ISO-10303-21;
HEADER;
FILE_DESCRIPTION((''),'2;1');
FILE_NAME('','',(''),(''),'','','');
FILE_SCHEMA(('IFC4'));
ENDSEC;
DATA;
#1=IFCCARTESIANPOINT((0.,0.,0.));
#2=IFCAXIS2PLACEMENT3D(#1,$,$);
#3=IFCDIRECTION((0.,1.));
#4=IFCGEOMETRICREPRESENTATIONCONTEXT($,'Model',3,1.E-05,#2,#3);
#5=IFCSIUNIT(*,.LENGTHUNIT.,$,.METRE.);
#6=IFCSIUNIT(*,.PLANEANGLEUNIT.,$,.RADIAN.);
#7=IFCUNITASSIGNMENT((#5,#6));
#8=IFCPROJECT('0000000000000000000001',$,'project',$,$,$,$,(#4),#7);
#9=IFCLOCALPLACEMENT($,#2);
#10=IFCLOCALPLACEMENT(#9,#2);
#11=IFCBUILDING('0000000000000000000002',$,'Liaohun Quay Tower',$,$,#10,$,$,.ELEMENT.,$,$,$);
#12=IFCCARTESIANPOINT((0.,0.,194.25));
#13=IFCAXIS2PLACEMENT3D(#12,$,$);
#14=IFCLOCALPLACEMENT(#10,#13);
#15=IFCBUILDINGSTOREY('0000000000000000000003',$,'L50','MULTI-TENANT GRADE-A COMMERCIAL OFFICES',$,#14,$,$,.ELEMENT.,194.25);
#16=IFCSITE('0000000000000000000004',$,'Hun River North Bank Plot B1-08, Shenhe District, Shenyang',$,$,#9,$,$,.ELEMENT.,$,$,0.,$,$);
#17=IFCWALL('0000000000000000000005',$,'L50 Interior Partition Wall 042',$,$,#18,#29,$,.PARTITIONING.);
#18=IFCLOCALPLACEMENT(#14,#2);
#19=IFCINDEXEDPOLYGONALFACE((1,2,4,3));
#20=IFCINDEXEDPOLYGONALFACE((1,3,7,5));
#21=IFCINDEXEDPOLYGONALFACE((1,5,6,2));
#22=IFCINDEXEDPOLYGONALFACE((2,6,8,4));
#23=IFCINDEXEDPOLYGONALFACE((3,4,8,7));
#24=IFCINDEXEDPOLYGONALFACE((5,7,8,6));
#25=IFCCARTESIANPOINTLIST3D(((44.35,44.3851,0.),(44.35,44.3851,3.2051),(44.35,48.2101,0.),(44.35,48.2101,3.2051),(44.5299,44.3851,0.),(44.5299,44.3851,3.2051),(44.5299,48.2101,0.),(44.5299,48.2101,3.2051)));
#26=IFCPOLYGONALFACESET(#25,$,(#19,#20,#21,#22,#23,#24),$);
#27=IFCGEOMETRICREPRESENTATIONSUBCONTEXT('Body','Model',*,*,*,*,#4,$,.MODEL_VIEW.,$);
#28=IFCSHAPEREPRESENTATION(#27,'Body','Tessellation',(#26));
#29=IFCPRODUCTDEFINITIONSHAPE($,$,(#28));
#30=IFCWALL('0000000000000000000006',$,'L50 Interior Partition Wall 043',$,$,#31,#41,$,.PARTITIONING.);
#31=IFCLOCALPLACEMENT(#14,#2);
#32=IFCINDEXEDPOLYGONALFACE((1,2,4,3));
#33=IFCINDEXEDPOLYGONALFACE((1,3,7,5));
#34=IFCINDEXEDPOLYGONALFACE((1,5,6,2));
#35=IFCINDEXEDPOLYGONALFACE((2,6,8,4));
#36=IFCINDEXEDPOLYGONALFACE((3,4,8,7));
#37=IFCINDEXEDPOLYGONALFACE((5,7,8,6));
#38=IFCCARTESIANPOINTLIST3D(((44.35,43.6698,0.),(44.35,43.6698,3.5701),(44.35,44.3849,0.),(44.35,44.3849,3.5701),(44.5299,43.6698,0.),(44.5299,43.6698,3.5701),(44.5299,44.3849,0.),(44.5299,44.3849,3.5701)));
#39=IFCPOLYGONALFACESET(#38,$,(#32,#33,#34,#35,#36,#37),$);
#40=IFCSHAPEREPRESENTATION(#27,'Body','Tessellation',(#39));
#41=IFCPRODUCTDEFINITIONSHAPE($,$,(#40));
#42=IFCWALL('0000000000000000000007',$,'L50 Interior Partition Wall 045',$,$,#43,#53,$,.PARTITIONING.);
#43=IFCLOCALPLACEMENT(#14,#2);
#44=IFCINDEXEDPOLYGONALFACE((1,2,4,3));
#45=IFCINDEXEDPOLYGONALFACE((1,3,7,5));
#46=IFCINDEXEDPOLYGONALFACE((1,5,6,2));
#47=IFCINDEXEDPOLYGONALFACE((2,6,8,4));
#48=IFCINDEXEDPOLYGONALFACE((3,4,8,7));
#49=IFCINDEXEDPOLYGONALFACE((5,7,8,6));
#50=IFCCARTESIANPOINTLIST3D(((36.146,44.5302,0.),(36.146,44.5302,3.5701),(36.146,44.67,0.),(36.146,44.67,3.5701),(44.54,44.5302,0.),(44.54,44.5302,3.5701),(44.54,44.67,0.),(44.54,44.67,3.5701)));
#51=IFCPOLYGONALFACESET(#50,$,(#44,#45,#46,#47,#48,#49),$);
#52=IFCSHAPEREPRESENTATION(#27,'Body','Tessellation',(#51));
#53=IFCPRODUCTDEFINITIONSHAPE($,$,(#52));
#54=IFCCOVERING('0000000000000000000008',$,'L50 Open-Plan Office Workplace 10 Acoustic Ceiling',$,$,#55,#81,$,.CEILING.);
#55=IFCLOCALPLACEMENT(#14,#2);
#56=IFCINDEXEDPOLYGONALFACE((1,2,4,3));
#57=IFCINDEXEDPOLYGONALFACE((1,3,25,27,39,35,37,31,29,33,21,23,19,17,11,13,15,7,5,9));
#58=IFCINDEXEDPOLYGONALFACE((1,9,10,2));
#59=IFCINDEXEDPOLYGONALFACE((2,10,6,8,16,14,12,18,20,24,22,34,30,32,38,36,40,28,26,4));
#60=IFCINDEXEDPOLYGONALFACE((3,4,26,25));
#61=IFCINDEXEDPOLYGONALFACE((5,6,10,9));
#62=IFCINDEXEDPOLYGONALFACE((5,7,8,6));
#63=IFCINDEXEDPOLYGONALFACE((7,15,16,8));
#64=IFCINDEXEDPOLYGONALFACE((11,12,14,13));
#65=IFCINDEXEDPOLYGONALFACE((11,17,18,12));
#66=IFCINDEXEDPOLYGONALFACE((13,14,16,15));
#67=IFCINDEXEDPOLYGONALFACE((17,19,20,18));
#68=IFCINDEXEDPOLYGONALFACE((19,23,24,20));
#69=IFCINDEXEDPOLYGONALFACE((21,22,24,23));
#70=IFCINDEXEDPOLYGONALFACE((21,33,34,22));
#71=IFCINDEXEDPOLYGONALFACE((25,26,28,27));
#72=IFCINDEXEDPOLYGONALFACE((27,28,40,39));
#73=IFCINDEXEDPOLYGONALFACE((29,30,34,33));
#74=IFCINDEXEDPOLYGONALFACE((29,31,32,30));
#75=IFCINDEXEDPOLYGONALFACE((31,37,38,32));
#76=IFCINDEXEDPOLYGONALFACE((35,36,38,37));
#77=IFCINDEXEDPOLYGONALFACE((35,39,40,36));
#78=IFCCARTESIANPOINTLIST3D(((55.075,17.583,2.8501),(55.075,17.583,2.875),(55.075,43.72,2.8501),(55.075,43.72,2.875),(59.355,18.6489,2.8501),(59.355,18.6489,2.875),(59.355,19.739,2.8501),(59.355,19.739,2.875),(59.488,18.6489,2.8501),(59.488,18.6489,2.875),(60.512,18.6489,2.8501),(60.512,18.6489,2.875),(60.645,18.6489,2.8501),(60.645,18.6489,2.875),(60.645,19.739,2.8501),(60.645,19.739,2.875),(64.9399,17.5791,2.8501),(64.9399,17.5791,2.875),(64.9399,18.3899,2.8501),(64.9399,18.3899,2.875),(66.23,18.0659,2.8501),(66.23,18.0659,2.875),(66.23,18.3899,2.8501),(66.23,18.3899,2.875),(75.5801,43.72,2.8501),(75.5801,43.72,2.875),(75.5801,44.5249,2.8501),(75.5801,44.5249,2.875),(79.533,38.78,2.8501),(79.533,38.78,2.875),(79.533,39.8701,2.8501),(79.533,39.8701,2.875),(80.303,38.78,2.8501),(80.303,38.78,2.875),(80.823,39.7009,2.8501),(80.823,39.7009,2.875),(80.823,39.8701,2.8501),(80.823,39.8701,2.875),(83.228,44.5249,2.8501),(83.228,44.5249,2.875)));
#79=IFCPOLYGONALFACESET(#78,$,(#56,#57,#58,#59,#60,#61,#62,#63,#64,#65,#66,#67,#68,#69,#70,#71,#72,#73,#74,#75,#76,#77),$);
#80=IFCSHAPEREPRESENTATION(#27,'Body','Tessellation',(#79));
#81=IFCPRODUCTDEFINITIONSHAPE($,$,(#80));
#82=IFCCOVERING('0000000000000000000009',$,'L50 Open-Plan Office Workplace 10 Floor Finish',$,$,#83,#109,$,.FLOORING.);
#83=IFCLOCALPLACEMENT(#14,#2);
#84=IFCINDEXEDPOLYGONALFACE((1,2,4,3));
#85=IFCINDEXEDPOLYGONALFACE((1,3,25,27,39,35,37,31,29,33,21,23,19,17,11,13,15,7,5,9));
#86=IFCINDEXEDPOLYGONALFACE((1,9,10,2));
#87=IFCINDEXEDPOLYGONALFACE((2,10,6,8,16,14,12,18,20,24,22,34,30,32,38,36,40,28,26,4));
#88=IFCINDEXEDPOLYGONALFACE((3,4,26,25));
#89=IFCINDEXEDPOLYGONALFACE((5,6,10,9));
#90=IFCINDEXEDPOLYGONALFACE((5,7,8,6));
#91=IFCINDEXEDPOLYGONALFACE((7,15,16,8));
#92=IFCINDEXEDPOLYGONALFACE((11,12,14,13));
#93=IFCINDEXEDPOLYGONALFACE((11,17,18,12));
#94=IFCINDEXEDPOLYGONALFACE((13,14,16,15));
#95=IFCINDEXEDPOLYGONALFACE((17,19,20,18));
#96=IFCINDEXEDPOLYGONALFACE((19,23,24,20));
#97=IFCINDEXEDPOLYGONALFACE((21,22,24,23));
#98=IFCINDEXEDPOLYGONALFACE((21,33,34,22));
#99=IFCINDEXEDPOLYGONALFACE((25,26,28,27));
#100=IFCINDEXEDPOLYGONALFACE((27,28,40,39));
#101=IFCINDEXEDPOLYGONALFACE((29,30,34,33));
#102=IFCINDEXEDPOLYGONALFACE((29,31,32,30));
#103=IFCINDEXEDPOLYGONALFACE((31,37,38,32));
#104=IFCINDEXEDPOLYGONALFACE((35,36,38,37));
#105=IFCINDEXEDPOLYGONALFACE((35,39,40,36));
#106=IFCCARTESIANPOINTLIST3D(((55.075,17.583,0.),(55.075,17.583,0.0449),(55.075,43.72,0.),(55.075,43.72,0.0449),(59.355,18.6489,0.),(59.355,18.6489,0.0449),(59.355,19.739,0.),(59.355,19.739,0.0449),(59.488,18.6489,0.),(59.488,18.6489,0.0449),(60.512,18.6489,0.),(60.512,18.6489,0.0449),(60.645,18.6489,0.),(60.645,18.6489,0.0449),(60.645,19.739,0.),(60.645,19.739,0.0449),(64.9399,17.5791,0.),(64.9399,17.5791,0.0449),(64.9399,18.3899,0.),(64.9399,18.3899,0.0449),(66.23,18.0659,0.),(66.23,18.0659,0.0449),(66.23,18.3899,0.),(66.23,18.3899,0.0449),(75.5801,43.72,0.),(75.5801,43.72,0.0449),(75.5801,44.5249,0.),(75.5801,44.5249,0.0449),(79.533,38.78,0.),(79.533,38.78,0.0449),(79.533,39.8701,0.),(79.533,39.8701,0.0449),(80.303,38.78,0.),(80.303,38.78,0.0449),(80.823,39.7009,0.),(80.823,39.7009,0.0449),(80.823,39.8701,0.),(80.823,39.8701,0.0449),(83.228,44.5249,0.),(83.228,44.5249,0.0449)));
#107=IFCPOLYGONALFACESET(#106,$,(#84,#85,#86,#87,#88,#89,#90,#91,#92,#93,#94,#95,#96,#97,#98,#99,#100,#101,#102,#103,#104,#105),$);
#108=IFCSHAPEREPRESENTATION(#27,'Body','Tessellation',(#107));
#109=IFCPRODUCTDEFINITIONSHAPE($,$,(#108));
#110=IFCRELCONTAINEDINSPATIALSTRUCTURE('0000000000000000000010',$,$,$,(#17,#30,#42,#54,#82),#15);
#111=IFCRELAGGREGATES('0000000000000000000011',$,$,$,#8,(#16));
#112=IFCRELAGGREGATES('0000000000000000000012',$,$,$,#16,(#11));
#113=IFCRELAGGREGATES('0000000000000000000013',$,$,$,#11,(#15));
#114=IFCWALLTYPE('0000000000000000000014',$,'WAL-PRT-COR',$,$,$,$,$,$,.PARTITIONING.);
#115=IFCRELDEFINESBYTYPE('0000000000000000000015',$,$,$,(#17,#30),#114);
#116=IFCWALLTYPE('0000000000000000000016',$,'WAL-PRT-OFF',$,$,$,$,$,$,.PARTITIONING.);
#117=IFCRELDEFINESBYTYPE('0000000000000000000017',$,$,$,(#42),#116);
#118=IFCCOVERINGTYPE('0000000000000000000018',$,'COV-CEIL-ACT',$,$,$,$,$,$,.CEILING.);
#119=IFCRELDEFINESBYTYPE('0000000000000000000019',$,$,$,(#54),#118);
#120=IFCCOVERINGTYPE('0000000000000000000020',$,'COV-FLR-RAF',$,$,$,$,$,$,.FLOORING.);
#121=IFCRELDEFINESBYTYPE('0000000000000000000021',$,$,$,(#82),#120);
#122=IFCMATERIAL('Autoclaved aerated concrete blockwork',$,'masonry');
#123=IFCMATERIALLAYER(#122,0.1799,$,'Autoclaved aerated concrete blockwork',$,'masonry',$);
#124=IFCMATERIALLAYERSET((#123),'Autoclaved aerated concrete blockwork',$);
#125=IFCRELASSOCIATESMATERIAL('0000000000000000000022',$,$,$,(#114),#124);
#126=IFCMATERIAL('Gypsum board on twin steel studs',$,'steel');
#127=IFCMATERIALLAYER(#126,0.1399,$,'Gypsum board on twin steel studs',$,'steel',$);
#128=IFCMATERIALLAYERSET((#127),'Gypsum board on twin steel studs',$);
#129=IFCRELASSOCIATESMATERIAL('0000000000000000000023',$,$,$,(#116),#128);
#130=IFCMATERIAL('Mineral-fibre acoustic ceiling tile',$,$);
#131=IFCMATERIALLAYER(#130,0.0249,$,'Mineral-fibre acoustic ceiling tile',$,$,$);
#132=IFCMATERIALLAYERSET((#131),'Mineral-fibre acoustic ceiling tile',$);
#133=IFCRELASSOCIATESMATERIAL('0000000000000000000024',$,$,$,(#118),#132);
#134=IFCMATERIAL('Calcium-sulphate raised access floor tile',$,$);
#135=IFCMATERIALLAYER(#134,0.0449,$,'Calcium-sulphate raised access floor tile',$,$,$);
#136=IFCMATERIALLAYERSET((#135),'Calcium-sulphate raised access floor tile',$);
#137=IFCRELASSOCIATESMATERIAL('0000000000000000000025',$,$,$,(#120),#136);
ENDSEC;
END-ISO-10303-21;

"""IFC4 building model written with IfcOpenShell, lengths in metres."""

from ifc_helpers import new_model, si_unit, direction, frame, frame_2d, origin, place, context, subcontext, project, spatial, polyline, rectangle, outline, extrude, material, layer, layer_set, type_object, element, save


model = new_model("IFC4")

# Units and contexts
model_context = context("Model", 3, precision=1e-05, world=origin(), true_north=direction((0.0, 1.0)))
body_context = subcontext(model_context, "Body", "Model", "MODEL_VIEW")
ifc_project = project(units=[si_unit("LENGTHUNIT", "METRE"), si_unit("PLANEANGLEUNIT", "RADIAN")], contexts=[model_context])

# Site, building, storey
site_placement = place(None, origin())
site = spatial("IfcSite", under=ifc_project, at=site_placement, Name="Hun River North Bank Plot B1-08, Shenhe District, Shenyang", CompositionType="ELEMENT", RefElevation=0.0)
building_placement = place(site_placement, origin())
building = spatial("IfcBuilding", under=site, at=building_placement, Name="Liaohun Quay Tower", CompositionType="ELEMENT")
storey_placement = place(building_placement, frame((0.0, 0.0, 194.25)))
storey = spatial("IfcBuildingStorey", under=building, at=storey_placement, Name="L50", Description="MULTI-TENANT GRADE-A COMMERCIAL OFFICES", CompositionType="ELEMENT", Elevation=194.25)

# Walls
ifc_material_1 = material(Name="Autoclaved aerated concrete blockwork", Category="masonry")
ifc_layer_1 = layer(ifc_material_1, 0.1799, Name="Autoclaved aerated concrete blockwork", Category="masonry")
ifc_layer_set_1 = layer_set([ifc_layer_1], Name="Autoclaved aerated concrete blockwork")
wall_type_1 = type_object("IfcWallType", Name="WAL-PRT-COR", PredefinedType="PARTITIONING", material=ifc_layer_set_1)
wall_1_placement = place(storey_placement, frame((44.4399, 44.385, 0.0), z_axis=(0.0, 0.0, 1.0), x_axis=(0.0, 1.0, 0.0)))
element("IfcWall", 1, at=wall_1_placement, inside=storey, type_object=wall_type_1, Name="L50 Interior Partition Wall 042", PredefinedType="PARTITIONING", context=body_context, shape_type="SweptSolid", body=[
    extrude(rectangle(XDim=3.825, YDim=0.1799, at=frame_2d((1.9126, 0.0))), origin(), (0.0, 0.0, 1.0), 3.2051),
])
wall_2_placement = place(storey_placement, frame((44.4399, 43.6699, 0.0), z_axis=(0.0, 0.0, 1.0), x_axis=(0.0, 1.0, 0.0)))
element("IfcWall", 2, at=wall_2_placement, inside=storey, type_object=wall_type_1, Name="L50 Interior Partition Wall 043", PredefinedType="PARTITIONING", context=body_context, shape_type="SweptSolid", body=[
    extrude(rectangle(XDim=0.7151, YDim=0.1799, at=frame_2d((0.3574, 0.0))), origin(), (0.0, 0.0, 1.0), 3.5701),
])
ifc_material_2 = material(Name="Gypsum board on twin steel studs", Category="steel")
ifc_layer_2 = layer(ifc_material_2, 0.1399, Name="Gypsum board on twin steel studs", Category="steel")
ifc_layer_set_2 = layer_set([ifc_layer_2], Name="Gypsum board on twin steel studs")
wall_type_2 = type_object("IfcWallType", Name="WAL-PRT-OFF", PredefinedType="PARTITIONING", material=ifc_layer_set_2)
wall_3_placement = place(storey_placement, frame((44.54, 44.6001, 0.0), z_axis=(0.0, 0.0, 1.0), x_axis=(-1.0, 0.0, 0.0)))
element("IfcWall", 3, at=wall_3_placement, inside=storey, type_object=wall_type_2, Name="L50 Interior Partition Wall 045", PredefinedType="PARTITIONING", context=body_context, shape_type="SweptSolid", body=[
    extrude(rectangle(XDim=8.394, YDim=0.1399, at=frame_2d((4.197, 0.0))), origin(), (0.0, 0.0, 1.0), 3.5701),
])

# Coverings
ifc_material_3 = material(Name="Mineral-fibre acoustic ceiling tile")
ifc_layer_3 = layer(ifc_material_3, 0.0249, Name="Mineral-fibre acoustic ceiling tile")
ifc_layer_set_3 = layer_set([ifc_layer_3], Name="Mineral-fibre acoustic ceiling tile")
covering_type_1 = type_object("IfcCoveringType", Name="COV-CEIL-ACT", PredefinedType="CEILING", material=ifc_layer_set_3)
covering_1_placement = place(storey_placement, frame((0.0, 0.0, 2.8501)))
element("IfcCovering", 4, at=covering_1_placement, inside=storey, type_object=covering_type_1, Name="L50 Open-Plan Office Workplace 10 Acoustic Ceiling", PredefinedType="CEILING", context=body_context, shape_type="SweptSolid", body=[
    extrude(outline(polyline([(75.5801, 43.72), (55.075, 43.72), (55.075, 17.583), (59.488, 18.6489), (59.355, 18.6489), (59.355, 19.739), (60.645, 19.739), (60.645, 18.6489), (60.512, 18.6489), (64.9399, 17.5791), (64.9399, 18.3899), (66.23, 18.3899), (66.23, 18.0659), (80.303, 38.78), (79.533, 38.78), (79.533, 39.8701), (80.823, 39.8701), (80.823, 39.7009), (83.228, 44.5249), (75.5801, 44.5249), (75.5801, 43.72)])), origin(), (0.0, 0.0, 1.0), 0.0249),
])
ifc_material_4 = material(Name="Calcium-sulphate raised access floor tile")
ifc_layer_4 = layer(ifc_material_4, 0.0449, Name="Calcium-sulphate raised access floor tile")
ifc_layer_set_4 = layer_set([ifc_layer_4], Name="Calcium-sulphate raised access floor tile")
covering_type_2 = type_object("IfcCoveringType", Name="COV-FLR-RAF", PredefinedType="FLOORING", material=ifc_layer_set_4)
covering_2_placement = place(storey_placement, origin())
element("IfcCovering", 5, at=covering_2_placement, inside=storey, type_object=covering_type_2, Name="L50 Open-Plan Office Workplace 10 Floor Finish", PredefinedType="FLOORING", context=body_context, shape_type="SweptSolid", body=[
    extrude(outline(polyline([(75.5801, 43.72), (55.075, 43.72), (55.075, 17.583), (59.488, 18.6489), (59.355, 18.6489), (59.355, 19.739), (60.645, 19.739), (60.645, 18.6489), (60.512, 18.6489), (64.9399, 17.5791), (64.9399, 18.3899), (66.23, 18.3899), (66.23, 18.0659), (80.303, 38.78), (79.533, 38.78), (79.533, 39.8701), (80.823, 39.8701), (80.823, 39.7009), (83.228, 44.5249), (75.5801, 44.5249), (75.5801, 43.72)])), origin(), (0.0, 0.0, 1.0), 0.0449),
])

save(model, "model.ifc")
